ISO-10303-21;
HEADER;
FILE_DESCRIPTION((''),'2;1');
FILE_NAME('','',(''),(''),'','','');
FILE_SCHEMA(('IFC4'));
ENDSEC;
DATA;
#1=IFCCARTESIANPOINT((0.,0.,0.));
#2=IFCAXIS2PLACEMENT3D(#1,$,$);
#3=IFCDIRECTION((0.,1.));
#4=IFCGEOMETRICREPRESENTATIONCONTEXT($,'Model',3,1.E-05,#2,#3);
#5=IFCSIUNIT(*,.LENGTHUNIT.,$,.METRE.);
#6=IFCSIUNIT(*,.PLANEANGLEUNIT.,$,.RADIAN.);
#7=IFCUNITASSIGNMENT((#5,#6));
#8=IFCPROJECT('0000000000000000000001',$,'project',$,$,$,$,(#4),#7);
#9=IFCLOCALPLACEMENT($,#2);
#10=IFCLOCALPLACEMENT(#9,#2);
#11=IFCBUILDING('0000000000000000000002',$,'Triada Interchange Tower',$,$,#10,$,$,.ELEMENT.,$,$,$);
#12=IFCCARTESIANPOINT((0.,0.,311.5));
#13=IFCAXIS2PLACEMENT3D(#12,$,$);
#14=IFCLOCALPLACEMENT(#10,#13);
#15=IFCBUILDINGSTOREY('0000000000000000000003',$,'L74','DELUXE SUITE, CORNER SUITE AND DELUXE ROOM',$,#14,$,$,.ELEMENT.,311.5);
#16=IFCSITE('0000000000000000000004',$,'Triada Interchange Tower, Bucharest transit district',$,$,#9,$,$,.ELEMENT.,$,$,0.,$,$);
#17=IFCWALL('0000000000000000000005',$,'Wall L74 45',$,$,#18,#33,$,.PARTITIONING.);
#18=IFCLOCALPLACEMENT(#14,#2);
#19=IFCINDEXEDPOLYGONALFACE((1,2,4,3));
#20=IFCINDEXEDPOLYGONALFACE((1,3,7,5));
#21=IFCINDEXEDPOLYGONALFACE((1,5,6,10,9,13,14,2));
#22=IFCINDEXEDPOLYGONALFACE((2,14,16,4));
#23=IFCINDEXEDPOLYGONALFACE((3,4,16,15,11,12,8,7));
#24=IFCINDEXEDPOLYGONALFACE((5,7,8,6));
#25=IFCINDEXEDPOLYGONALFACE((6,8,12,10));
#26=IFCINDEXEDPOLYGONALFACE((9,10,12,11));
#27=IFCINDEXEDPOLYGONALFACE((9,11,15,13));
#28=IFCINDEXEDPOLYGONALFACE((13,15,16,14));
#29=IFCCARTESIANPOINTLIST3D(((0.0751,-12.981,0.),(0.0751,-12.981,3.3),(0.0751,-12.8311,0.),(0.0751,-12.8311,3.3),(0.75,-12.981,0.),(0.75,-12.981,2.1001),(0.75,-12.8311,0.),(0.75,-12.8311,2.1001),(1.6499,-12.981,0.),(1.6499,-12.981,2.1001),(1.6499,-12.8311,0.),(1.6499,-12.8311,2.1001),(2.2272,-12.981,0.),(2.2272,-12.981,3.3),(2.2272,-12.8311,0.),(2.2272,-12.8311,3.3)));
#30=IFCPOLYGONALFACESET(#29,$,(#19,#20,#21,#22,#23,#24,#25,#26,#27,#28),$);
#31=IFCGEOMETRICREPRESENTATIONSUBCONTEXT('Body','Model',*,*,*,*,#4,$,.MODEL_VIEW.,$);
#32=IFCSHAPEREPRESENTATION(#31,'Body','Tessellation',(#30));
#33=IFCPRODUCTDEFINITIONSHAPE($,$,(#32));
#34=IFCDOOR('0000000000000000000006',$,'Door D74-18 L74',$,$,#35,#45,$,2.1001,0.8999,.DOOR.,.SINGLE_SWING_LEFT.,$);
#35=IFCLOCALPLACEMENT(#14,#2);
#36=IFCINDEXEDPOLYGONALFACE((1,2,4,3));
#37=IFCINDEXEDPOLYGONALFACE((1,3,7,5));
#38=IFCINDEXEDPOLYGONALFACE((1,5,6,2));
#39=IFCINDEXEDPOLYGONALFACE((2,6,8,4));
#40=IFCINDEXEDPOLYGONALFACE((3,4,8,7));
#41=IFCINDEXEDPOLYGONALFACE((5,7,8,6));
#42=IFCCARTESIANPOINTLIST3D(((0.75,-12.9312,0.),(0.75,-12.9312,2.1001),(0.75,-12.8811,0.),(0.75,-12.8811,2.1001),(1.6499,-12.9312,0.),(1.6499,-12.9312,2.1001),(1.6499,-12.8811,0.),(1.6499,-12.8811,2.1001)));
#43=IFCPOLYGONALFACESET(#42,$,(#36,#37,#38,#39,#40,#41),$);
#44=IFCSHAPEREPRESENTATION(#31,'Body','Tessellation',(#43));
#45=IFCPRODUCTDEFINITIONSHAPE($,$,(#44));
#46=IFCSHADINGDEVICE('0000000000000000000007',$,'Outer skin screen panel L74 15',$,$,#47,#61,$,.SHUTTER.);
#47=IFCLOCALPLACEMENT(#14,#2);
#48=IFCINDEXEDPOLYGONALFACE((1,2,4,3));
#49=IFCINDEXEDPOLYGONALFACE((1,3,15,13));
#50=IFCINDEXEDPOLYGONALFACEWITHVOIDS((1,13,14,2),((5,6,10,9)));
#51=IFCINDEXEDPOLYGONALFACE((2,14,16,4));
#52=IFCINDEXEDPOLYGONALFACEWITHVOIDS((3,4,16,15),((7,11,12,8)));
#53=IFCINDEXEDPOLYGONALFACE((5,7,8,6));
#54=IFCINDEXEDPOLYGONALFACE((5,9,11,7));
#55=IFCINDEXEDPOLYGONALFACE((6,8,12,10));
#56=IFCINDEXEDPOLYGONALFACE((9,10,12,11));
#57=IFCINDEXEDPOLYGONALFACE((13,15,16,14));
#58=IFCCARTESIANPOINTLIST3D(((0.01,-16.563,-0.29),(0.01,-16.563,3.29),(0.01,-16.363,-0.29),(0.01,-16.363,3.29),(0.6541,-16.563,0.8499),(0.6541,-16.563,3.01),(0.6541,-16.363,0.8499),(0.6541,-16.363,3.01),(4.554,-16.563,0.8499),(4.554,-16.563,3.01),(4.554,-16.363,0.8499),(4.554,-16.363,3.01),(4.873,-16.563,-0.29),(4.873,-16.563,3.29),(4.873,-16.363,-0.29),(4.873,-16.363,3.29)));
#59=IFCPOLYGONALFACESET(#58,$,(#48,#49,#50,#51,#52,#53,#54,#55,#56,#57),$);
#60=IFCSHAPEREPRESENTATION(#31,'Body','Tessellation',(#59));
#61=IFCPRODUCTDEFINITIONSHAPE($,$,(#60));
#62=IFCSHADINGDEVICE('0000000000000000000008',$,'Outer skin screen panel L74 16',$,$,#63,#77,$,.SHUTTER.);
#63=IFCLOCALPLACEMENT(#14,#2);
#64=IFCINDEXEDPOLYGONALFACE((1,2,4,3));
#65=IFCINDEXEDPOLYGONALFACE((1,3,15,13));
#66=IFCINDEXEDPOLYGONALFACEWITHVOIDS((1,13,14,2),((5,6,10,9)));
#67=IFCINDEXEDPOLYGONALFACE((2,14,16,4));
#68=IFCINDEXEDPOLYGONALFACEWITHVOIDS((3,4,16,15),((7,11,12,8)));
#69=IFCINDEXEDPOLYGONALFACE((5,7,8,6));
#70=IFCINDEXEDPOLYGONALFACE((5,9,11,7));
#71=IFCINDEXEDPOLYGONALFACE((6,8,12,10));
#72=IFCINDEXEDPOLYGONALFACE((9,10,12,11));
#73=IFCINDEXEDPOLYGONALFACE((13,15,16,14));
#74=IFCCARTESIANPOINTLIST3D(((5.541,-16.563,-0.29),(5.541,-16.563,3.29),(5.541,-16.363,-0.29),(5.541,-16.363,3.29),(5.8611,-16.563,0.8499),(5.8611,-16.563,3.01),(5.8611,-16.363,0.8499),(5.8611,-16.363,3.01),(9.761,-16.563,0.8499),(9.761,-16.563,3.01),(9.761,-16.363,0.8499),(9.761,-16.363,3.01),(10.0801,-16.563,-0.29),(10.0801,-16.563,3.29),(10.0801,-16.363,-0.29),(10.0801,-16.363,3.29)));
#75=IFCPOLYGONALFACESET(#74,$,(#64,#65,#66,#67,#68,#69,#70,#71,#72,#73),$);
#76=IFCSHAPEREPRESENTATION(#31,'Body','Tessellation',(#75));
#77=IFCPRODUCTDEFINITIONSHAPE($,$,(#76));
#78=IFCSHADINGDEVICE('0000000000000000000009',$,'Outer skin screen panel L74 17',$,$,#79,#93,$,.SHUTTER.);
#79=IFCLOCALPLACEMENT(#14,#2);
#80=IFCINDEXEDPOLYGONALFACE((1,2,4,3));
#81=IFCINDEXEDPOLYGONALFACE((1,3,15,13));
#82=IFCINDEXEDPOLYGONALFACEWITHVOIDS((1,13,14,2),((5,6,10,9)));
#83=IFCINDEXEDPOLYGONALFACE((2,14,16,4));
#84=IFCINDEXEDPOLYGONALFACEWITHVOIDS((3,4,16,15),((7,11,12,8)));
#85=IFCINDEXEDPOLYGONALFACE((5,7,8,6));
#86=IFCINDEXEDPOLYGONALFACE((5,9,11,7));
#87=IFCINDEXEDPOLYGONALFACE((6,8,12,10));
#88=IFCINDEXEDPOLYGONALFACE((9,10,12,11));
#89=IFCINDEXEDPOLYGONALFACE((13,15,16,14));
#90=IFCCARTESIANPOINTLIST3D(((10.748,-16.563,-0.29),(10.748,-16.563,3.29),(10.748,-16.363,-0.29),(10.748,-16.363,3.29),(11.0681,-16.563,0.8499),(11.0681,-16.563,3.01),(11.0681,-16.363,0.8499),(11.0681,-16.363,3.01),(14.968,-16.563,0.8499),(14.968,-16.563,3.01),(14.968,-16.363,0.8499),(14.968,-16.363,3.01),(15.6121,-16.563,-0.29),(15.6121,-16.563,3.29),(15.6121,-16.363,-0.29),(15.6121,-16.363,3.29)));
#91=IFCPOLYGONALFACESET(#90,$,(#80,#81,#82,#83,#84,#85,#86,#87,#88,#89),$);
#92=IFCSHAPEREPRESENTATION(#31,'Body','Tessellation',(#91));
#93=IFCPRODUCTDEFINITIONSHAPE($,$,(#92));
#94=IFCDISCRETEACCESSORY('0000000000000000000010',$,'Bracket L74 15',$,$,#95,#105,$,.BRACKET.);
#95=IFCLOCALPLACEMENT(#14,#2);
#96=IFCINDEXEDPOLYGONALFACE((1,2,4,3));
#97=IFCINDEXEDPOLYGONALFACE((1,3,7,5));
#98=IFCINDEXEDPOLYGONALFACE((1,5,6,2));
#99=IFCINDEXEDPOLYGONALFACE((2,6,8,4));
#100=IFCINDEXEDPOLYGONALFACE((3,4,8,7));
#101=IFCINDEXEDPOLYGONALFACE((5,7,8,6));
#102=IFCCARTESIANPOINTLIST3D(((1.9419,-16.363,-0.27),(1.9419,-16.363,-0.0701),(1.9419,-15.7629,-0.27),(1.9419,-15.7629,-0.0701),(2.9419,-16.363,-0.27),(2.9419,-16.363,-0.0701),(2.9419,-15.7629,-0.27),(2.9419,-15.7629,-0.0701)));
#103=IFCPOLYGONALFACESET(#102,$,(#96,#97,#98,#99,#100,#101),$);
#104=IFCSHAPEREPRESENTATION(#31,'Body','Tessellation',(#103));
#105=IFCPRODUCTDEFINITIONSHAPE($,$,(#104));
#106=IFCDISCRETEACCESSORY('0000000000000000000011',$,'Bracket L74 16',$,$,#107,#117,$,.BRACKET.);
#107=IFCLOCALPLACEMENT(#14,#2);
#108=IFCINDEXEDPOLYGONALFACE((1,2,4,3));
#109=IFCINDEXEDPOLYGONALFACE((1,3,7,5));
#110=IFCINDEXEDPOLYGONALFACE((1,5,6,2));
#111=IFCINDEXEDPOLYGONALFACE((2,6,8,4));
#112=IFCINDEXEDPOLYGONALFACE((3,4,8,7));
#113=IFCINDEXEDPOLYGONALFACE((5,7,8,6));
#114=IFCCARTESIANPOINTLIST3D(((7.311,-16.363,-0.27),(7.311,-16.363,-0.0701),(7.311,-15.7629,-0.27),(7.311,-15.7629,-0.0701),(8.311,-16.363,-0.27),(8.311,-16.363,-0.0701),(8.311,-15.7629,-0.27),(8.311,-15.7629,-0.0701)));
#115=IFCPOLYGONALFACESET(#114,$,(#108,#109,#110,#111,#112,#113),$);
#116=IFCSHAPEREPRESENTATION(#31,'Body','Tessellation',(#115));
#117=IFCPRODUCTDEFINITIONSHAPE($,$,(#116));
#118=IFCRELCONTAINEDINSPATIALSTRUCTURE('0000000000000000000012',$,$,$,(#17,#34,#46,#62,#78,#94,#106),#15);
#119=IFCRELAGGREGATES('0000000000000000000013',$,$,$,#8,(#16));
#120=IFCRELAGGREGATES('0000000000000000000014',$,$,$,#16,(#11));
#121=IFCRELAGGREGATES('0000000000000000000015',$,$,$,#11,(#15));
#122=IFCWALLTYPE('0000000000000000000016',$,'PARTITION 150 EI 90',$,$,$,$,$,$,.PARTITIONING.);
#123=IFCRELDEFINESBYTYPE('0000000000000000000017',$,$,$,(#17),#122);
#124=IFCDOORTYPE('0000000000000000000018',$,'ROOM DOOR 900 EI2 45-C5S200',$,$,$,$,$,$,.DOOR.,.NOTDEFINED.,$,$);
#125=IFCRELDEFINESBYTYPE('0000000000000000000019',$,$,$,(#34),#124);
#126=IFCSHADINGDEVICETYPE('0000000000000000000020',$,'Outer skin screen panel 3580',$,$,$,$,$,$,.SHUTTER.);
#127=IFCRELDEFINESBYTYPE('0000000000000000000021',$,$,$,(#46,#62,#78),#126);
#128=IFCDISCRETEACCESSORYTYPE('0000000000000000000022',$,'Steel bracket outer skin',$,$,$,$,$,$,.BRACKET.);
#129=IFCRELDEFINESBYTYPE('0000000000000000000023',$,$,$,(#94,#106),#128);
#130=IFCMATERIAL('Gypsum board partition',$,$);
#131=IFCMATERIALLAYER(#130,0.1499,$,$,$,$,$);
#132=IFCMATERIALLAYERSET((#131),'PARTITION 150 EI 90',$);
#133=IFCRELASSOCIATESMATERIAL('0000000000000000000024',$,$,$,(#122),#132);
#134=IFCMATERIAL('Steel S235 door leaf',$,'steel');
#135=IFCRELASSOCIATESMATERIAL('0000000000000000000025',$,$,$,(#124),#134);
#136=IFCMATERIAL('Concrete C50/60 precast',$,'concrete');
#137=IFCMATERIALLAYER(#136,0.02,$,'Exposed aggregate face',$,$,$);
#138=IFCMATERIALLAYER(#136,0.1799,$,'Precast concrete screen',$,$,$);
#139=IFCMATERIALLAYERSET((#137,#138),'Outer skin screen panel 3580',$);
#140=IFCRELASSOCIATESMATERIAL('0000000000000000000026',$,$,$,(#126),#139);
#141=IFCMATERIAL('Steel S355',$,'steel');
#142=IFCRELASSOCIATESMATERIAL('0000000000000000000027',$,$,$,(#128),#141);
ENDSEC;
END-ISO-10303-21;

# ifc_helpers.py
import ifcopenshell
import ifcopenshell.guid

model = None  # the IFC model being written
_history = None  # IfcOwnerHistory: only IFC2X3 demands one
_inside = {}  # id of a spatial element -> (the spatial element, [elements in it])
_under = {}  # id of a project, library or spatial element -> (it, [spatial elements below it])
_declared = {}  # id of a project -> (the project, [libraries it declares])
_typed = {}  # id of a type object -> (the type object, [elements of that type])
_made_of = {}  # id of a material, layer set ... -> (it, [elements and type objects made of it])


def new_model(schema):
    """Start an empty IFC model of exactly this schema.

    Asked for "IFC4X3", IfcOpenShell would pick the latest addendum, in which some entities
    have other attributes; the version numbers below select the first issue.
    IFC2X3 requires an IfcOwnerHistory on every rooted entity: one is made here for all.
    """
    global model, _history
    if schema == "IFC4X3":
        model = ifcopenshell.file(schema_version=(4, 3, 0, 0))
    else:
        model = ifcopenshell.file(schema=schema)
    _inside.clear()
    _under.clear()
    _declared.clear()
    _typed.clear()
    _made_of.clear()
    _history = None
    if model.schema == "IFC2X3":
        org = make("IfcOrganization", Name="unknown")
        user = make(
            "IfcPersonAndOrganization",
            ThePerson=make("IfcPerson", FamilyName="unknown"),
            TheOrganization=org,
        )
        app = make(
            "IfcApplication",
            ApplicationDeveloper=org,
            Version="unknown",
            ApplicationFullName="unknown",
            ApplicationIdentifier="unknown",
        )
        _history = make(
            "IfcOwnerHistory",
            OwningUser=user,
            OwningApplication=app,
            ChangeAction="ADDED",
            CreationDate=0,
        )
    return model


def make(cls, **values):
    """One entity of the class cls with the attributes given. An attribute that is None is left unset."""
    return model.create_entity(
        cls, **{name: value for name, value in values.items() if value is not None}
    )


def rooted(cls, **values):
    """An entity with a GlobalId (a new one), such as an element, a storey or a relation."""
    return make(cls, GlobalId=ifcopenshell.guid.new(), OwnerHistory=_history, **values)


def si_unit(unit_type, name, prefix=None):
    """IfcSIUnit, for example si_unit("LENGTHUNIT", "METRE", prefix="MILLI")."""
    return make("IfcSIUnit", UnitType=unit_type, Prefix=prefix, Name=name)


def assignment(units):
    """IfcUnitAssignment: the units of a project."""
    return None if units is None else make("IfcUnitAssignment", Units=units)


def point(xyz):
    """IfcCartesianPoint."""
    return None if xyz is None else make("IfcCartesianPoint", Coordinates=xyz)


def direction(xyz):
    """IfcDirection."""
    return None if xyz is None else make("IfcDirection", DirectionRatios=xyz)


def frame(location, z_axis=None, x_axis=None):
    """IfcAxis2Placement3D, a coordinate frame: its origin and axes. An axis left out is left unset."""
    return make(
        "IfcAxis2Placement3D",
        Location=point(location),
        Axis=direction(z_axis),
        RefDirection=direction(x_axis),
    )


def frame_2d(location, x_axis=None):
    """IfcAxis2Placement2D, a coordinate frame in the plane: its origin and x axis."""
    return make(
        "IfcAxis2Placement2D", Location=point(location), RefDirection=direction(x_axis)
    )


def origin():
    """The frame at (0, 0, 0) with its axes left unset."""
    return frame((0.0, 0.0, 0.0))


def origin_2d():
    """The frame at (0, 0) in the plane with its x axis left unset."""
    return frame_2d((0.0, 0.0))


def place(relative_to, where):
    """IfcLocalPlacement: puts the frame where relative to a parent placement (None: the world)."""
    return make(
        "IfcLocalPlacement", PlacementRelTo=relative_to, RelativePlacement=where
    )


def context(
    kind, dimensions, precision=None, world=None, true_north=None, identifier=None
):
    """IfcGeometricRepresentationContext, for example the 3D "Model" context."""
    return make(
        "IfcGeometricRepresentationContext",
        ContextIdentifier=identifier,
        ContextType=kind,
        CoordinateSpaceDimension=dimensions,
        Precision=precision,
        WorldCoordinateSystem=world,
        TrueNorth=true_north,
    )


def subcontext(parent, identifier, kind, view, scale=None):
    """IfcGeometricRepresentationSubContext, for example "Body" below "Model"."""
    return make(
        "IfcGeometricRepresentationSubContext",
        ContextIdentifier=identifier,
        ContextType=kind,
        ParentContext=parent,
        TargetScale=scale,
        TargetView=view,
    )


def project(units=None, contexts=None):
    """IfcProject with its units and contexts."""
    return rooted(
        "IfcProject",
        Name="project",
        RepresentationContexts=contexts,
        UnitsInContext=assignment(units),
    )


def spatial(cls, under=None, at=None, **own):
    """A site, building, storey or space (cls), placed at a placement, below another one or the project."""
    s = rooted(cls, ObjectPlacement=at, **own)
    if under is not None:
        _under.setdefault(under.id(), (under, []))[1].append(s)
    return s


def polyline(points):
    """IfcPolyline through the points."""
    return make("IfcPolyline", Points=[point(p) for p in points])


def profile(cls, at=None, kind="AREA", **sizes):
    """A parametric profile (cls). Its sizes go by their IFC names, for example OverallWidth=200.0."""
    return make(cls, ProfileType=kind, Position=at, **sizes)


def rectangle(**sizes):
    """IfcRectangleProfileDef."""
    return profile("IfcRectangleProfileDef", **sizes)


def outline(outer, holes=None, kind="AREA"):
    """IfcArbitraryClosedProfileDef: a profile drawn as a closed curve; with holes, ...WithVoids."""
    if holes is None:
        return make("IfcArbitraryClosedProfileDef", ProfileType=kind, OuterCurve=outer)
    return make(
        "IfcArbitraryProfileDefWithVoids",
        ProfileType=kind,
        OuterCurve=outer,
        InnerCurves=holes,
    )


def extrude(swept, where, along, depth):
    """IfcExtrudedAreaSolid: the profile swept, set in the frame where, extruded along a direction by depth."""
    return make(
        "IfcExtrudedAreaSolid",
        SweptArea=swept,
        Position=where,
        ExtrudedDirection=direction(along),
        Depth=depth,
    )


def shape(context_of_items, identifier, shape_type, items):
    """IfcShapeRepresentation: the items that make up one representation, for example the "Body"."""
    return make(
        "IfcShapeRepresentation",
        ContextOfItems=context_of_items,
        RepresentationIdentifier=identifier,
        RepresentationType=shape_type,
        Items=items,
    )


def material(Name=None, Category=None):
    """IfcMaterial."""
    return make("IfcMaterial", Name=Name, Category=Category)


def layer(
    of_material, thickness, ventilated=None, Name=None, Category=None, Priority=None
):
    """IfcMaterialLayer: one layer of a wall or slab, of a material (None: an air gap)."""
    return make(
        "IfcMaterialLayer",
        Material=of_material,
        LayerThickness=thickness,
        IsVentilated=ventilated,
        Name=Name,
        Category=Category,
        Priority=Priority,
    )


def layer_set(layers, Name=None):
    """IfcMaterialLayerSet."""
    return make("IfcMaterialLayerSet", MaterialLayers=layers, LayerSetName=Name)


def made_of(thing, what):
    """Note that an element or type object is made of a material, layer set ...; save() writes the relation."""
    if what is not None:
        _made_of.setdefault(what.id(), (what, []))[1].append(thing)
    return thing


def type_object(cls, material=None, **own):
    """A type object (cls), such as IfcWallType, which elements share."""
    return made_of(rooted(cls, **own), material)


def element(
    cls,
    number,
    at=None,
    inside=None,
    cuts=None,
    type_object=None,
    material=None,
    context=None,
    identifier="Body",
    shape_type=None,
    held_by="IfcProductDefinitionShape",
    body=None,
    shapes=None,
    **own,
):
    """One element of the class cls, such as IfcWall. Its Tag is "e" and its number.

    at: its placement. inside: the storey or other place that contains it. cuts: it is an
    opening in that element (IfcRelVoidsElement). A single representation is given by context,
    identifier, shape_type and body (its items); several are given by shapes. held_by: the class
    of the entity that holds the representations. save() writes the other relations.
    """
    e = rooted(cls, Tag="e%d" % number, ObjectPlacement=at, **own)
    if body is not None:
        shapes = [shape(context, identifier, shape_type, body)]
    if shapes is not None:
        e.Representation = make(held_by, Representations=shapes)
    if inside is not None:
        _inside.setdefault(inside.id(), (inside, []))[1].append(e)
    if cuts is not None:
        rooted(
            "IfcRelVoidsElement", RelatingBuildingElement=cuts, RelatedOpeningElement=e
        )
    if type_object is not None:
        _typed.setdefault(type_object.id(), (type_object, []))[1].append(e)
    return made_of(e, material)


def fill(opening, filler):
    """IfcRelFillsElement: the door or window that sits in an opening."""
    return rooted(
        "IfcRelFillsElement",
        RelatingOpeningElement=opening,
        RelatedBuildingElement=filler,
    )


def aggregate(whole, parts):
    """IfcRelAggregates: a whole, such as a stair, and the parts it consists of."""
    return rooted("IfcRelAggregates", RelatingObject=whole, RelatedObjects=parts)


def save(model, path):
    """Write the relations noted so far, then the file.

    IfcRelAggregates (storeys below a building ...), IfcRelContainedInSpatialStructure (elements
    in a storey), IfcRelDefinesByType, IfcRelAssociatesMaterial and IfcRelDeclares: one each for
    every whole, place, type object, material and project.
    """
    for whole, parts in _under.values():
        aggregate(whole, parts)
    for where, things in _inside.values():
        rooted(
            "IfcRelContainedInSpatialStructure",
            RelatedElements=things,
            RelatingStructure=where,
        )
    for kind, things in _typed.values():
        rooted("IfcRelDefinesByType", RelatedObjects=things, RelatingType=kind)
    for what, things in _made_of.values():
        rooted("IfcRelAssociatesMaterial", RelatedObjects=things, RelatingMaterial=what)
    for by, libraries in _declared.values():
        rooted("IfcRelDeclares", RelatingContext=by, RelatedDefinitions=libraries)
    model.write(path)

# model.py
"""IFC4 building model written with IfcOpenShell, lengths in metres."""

from ifc_helpers import new_model, si_unit, direction, frame, frame_2d, origin, origin_2d, place, context, subcontext, project, spatial, polyline, rectangle, outline, extrude, material, layer, layer_set, type_object, element, fill, save


model = new_model("IFC4")

# Units and contexts
model_context = context("Model", 3, precision=1e-05, world=origin(), true_north=direction((0.0, 1.0)))
body_context = subcontext(model_context, "Body", "Model", "MODEL_VIEW")
ifc_project = project(units=[si_unit("LENGTHUNIT", "METRE"), si_unit("PLANEANGLEUNIT", "RADIAN")], contexts=[model_context])

# Site, building, storey
site_placement = place(None, origin())
site = spatial("IfcSite", under=ifc_project, at=site_placement, Name="Triada Interchange Tower, Bucharest transit district", CompositionType="ELEMENT", RefElevation=0.0)
building_placement = place(site_placement, origin())
building = spatial("IfcBuilding", under=site, at=building_placement, Name="Triada Interchange Tower", CompositionType="ELEMENT")
storey_placement = place(building_placement, frame((0.0, 0.0, 311.5)))
storey = spatial("IfcBuildingStorey", under=building, at=storey_placement, Name="L74", Description="DELUXE SUITE, CORNER SUITE AND DELUXE ROOM", CompositionType="ELEMENT", Elevation=311.5)

# Shared definitions
ifc_material_1 = material(Name="Gypsum board partition")
ifc_layer_1 = layer(ifc_material_1, 0.1499)
ifc_layer_set_1 = layer_set([ifc_layer_1], Name="PARTITION 150 EI 90")
wall_type_1 = type_object("IfcWallType", Name="PARTITION 150 EI 90", PredefinedType="PARTITIONING", material=ifc_layer_set_1)

# Wall, opening, door
wall_1_placement = place(storey_placement, frame((0.075, -12.906, 0.0), z_axis=(0.0, 0.0, 1.0), x_axis=(1.0, 0.0, 0.0)))
wall_1 = element("IfcWall", 1, at=wall_1_placement, inside=storey, type_object=wall_type_1, Name="Wall L74 45", PredefinedType="PARTITIONING", context=body_context, shape_type="SweptSolid", body=[
    extrude(rectangle(XDim=2.1521, YDim=0.1499, at=frame_2d((1.0762, 0.0))), origin(), (0.0, 0.0, 1.0), 3.3),
])
opening_placement = place(wall_1_placement, frame((0.675, 0.0, 0.0)))
opening = element("IfcOpeningElement", 2, at=opening_placement, cuts=wall_1, PredefinedType="OPENING", context=body_context, shape_type="SweptSolid", body=[
    extrude(rectangle(XDim=0.8999, YDim=2.1001, at=frame_2d((0.45, 1.05))), frame((0.0, 0.085, 0.0), z_axis=(0.0, -1.0, 0.0), x_axis=(1.0, 0.0, 0.0)), (0.0, 0.0, 1.0), 0.1699),
])
ifc_material_2 = material(Name="Steel S235 door leaf", Category="steel")
door_type = type_object("IfcDoorType", Name="ROOM DOOR 900 EI2 45-C5S200", OperationType="NOTDEFINED", PredefinedType="DOOR", material=ifc_material_2)
door_placement = place(opening_placement, origin())
door = element("IfcDoor", 3, at=door_placement, inside=storey, type_object=door_type, Name="Door D74-18 L74", OperationType="SINGLE_SWING_LEFT", OverallHeight=2.1001, OverallWidth=0.8999, PredefinedType="DOOR", context=body_context, shape_type="SweptSolid", body=[
    extrude(rectangle(XDim=0.8999, YDim=2.1001, at=frame_2d((0.45, 1.05))), frame((0.0, 0.0249, 0.0), z_axis=(0.0, -1.0, 0.0), x_axis=(1.0, 0.0, 0.0)), (0.0, 0.0, 1.0), 0.05),
])
fill(opening, door)

# Shading devices
ifc_material_3 = material(Name="Concrete C50/60 precast", Category="concrete")
ifc_layer_2 = layer(ifc_material_3, 0.02, Name="Exposed aggregate face")
ifc_layer_3 = layer(ifc_material_3, 0.1799, Name="Precast concrete screen")
ifc_layer_set_2 = layer_set([ifc_layer_2, ifc_layer_3], Name="Outer skin screen panel 3580")
shading_device_type = type_object("IfcShadingDeviceType", Name="Outer skin screen panel 3580", PredefinedType="SHUTTER", material=ifc_layer_set_2)
shading_device_1_placement = place(storey_placement, frame((0.01, -16.363, -0.29), z_axis=(0.0, 0.0, 1.0), x_axis=(1.0, 0.0, 0.0)))
element("IfcShadingDevice", 4, at=shading_device_1_placement, inside=storey, type_object=shading_device_type, Name="Outer skin screen panel L74 15", PredefinedType="SHUTTER", context=body_context, shape_type="SweptSolid", body=[
    extrude(outline(polyline([(0.0, 0.0), (4.863, 0.0), (4.863, 3.5801), (0.0, 3.5801), (0.0, 0.0)]), holes=[polyline([(0.644, 1.1399), (0.644, 3.3), (4.5439, 3.3), (4.5439, 1.1399), (0.644, 1.1399)])]), frame((0.0, 0.0, 0.0), z_axis=(0.0, -1.0, 0.0), x_axis=(1.0, 0.0, 0.0)), (0.0, 0.0, 1.0), 0.2),
])
shading_device_2_placement = place(storey_placement, frame((5.541, -16.363, -0.29), z_axis=(0.0, 0.0, 1.0), x_axis=(1.0, 0.0, 0.0)))
element("IfcShadingDevice", 5, at=shading_device_2_placement, inside=storey, type_object=shading_device_type, Name="Outer skin screen panel L74 16", PredefinedType="SHUTTER", context=body_context, shape_type="SweptSolid", body=[
    extrude(outline(polyline([(0.0, 0.0), (4.5391, 0.0), (4.5391, 3.5801), (0.0, 3.5801), (0.0, 0.0)]), holes=[polyline([(0.3201, 1.1399), (0.3201, 3.3), (4.22, 3.3), (4.22, 1.1399), (0.3201, 1.1399)])]), frame((0.0, 0.0, 0.0), z_axis=(0.0, -1.0, 0.0), x_axis=(1.0, 0.0, 0.0)), (0.0, 0.0, 1.0), 0.2),
])
shading_device_3_placement = place(storey_placement, frame((10.748, -16.363, -0.29), z_axis=(0.0, 0.0, 1.0), x_axis=(1.0, 0.0, 0.0)))
element("IfcShadingDevice", 6, at=shading_device_3_placement, inside=storey, type_object=shading_device_type, Name="Outer skin screen panel L74 17", PredefinedType="SHUTTER", context=body_context, shape_type="SweptSolid", body=[
    extrude(outline(polyline([(0.0, 0.0), (4.864, 0.0), (4.864, 3.5801), (0.0, 3.5801), (0.0, 0.0)]), holes=[polyline([(0.3201, 1.1399), (0.3201, 3.3), (4.22, 3.3), (4.22, 1.1399), (0.3201, 1.1399)])]), frame((0.0, 0.0, 0.0), z_axis=(0.0, -1.0, 0.0), x_axis=(1.0, 0.0, 0.0)), (0.0, 0.0, 1.0), 0.2),
])

# Discrete accessories
ifc_material_4 = material(Name="Steel S355", Category="steel")
discrete_accessory_type = type_object("IfcDiscreteAccessoryType", Name="Steel bracket outer skin", PredefinedType="BRACKET", material=ifc_material_4)
for number, where, z_axis, x_axis, name in (
    (7, (2.4419, -16.063, -0.27), (0.0, 0.0, 1.0), (0.0, -1.0, 0.0), "Bracket L74 15"),
    (8, (7.811, -16.063, -0.27), (0.0, 0.0, 1.0), (0.0, -1.0, 0.0), "Bracket L74 16"),
):
    element("IfcDiscreteAccessory", number, at=place(storey_placement, frame(where, z_axis=z_axis, x_axis=x_axis)), inside=storey, type_object=discrete_accessory_type, Name=name, PredefinedType="BRACKET", context=body_context, shape_type="SweptSolid", body=[
        extrude(rectangle(XDim=0.6001, YDim=1.0, at=origin_2d()), origin(), (0.0, 0.0, 1.0), 0.2),
    ])

save(model, "model.ifc")
